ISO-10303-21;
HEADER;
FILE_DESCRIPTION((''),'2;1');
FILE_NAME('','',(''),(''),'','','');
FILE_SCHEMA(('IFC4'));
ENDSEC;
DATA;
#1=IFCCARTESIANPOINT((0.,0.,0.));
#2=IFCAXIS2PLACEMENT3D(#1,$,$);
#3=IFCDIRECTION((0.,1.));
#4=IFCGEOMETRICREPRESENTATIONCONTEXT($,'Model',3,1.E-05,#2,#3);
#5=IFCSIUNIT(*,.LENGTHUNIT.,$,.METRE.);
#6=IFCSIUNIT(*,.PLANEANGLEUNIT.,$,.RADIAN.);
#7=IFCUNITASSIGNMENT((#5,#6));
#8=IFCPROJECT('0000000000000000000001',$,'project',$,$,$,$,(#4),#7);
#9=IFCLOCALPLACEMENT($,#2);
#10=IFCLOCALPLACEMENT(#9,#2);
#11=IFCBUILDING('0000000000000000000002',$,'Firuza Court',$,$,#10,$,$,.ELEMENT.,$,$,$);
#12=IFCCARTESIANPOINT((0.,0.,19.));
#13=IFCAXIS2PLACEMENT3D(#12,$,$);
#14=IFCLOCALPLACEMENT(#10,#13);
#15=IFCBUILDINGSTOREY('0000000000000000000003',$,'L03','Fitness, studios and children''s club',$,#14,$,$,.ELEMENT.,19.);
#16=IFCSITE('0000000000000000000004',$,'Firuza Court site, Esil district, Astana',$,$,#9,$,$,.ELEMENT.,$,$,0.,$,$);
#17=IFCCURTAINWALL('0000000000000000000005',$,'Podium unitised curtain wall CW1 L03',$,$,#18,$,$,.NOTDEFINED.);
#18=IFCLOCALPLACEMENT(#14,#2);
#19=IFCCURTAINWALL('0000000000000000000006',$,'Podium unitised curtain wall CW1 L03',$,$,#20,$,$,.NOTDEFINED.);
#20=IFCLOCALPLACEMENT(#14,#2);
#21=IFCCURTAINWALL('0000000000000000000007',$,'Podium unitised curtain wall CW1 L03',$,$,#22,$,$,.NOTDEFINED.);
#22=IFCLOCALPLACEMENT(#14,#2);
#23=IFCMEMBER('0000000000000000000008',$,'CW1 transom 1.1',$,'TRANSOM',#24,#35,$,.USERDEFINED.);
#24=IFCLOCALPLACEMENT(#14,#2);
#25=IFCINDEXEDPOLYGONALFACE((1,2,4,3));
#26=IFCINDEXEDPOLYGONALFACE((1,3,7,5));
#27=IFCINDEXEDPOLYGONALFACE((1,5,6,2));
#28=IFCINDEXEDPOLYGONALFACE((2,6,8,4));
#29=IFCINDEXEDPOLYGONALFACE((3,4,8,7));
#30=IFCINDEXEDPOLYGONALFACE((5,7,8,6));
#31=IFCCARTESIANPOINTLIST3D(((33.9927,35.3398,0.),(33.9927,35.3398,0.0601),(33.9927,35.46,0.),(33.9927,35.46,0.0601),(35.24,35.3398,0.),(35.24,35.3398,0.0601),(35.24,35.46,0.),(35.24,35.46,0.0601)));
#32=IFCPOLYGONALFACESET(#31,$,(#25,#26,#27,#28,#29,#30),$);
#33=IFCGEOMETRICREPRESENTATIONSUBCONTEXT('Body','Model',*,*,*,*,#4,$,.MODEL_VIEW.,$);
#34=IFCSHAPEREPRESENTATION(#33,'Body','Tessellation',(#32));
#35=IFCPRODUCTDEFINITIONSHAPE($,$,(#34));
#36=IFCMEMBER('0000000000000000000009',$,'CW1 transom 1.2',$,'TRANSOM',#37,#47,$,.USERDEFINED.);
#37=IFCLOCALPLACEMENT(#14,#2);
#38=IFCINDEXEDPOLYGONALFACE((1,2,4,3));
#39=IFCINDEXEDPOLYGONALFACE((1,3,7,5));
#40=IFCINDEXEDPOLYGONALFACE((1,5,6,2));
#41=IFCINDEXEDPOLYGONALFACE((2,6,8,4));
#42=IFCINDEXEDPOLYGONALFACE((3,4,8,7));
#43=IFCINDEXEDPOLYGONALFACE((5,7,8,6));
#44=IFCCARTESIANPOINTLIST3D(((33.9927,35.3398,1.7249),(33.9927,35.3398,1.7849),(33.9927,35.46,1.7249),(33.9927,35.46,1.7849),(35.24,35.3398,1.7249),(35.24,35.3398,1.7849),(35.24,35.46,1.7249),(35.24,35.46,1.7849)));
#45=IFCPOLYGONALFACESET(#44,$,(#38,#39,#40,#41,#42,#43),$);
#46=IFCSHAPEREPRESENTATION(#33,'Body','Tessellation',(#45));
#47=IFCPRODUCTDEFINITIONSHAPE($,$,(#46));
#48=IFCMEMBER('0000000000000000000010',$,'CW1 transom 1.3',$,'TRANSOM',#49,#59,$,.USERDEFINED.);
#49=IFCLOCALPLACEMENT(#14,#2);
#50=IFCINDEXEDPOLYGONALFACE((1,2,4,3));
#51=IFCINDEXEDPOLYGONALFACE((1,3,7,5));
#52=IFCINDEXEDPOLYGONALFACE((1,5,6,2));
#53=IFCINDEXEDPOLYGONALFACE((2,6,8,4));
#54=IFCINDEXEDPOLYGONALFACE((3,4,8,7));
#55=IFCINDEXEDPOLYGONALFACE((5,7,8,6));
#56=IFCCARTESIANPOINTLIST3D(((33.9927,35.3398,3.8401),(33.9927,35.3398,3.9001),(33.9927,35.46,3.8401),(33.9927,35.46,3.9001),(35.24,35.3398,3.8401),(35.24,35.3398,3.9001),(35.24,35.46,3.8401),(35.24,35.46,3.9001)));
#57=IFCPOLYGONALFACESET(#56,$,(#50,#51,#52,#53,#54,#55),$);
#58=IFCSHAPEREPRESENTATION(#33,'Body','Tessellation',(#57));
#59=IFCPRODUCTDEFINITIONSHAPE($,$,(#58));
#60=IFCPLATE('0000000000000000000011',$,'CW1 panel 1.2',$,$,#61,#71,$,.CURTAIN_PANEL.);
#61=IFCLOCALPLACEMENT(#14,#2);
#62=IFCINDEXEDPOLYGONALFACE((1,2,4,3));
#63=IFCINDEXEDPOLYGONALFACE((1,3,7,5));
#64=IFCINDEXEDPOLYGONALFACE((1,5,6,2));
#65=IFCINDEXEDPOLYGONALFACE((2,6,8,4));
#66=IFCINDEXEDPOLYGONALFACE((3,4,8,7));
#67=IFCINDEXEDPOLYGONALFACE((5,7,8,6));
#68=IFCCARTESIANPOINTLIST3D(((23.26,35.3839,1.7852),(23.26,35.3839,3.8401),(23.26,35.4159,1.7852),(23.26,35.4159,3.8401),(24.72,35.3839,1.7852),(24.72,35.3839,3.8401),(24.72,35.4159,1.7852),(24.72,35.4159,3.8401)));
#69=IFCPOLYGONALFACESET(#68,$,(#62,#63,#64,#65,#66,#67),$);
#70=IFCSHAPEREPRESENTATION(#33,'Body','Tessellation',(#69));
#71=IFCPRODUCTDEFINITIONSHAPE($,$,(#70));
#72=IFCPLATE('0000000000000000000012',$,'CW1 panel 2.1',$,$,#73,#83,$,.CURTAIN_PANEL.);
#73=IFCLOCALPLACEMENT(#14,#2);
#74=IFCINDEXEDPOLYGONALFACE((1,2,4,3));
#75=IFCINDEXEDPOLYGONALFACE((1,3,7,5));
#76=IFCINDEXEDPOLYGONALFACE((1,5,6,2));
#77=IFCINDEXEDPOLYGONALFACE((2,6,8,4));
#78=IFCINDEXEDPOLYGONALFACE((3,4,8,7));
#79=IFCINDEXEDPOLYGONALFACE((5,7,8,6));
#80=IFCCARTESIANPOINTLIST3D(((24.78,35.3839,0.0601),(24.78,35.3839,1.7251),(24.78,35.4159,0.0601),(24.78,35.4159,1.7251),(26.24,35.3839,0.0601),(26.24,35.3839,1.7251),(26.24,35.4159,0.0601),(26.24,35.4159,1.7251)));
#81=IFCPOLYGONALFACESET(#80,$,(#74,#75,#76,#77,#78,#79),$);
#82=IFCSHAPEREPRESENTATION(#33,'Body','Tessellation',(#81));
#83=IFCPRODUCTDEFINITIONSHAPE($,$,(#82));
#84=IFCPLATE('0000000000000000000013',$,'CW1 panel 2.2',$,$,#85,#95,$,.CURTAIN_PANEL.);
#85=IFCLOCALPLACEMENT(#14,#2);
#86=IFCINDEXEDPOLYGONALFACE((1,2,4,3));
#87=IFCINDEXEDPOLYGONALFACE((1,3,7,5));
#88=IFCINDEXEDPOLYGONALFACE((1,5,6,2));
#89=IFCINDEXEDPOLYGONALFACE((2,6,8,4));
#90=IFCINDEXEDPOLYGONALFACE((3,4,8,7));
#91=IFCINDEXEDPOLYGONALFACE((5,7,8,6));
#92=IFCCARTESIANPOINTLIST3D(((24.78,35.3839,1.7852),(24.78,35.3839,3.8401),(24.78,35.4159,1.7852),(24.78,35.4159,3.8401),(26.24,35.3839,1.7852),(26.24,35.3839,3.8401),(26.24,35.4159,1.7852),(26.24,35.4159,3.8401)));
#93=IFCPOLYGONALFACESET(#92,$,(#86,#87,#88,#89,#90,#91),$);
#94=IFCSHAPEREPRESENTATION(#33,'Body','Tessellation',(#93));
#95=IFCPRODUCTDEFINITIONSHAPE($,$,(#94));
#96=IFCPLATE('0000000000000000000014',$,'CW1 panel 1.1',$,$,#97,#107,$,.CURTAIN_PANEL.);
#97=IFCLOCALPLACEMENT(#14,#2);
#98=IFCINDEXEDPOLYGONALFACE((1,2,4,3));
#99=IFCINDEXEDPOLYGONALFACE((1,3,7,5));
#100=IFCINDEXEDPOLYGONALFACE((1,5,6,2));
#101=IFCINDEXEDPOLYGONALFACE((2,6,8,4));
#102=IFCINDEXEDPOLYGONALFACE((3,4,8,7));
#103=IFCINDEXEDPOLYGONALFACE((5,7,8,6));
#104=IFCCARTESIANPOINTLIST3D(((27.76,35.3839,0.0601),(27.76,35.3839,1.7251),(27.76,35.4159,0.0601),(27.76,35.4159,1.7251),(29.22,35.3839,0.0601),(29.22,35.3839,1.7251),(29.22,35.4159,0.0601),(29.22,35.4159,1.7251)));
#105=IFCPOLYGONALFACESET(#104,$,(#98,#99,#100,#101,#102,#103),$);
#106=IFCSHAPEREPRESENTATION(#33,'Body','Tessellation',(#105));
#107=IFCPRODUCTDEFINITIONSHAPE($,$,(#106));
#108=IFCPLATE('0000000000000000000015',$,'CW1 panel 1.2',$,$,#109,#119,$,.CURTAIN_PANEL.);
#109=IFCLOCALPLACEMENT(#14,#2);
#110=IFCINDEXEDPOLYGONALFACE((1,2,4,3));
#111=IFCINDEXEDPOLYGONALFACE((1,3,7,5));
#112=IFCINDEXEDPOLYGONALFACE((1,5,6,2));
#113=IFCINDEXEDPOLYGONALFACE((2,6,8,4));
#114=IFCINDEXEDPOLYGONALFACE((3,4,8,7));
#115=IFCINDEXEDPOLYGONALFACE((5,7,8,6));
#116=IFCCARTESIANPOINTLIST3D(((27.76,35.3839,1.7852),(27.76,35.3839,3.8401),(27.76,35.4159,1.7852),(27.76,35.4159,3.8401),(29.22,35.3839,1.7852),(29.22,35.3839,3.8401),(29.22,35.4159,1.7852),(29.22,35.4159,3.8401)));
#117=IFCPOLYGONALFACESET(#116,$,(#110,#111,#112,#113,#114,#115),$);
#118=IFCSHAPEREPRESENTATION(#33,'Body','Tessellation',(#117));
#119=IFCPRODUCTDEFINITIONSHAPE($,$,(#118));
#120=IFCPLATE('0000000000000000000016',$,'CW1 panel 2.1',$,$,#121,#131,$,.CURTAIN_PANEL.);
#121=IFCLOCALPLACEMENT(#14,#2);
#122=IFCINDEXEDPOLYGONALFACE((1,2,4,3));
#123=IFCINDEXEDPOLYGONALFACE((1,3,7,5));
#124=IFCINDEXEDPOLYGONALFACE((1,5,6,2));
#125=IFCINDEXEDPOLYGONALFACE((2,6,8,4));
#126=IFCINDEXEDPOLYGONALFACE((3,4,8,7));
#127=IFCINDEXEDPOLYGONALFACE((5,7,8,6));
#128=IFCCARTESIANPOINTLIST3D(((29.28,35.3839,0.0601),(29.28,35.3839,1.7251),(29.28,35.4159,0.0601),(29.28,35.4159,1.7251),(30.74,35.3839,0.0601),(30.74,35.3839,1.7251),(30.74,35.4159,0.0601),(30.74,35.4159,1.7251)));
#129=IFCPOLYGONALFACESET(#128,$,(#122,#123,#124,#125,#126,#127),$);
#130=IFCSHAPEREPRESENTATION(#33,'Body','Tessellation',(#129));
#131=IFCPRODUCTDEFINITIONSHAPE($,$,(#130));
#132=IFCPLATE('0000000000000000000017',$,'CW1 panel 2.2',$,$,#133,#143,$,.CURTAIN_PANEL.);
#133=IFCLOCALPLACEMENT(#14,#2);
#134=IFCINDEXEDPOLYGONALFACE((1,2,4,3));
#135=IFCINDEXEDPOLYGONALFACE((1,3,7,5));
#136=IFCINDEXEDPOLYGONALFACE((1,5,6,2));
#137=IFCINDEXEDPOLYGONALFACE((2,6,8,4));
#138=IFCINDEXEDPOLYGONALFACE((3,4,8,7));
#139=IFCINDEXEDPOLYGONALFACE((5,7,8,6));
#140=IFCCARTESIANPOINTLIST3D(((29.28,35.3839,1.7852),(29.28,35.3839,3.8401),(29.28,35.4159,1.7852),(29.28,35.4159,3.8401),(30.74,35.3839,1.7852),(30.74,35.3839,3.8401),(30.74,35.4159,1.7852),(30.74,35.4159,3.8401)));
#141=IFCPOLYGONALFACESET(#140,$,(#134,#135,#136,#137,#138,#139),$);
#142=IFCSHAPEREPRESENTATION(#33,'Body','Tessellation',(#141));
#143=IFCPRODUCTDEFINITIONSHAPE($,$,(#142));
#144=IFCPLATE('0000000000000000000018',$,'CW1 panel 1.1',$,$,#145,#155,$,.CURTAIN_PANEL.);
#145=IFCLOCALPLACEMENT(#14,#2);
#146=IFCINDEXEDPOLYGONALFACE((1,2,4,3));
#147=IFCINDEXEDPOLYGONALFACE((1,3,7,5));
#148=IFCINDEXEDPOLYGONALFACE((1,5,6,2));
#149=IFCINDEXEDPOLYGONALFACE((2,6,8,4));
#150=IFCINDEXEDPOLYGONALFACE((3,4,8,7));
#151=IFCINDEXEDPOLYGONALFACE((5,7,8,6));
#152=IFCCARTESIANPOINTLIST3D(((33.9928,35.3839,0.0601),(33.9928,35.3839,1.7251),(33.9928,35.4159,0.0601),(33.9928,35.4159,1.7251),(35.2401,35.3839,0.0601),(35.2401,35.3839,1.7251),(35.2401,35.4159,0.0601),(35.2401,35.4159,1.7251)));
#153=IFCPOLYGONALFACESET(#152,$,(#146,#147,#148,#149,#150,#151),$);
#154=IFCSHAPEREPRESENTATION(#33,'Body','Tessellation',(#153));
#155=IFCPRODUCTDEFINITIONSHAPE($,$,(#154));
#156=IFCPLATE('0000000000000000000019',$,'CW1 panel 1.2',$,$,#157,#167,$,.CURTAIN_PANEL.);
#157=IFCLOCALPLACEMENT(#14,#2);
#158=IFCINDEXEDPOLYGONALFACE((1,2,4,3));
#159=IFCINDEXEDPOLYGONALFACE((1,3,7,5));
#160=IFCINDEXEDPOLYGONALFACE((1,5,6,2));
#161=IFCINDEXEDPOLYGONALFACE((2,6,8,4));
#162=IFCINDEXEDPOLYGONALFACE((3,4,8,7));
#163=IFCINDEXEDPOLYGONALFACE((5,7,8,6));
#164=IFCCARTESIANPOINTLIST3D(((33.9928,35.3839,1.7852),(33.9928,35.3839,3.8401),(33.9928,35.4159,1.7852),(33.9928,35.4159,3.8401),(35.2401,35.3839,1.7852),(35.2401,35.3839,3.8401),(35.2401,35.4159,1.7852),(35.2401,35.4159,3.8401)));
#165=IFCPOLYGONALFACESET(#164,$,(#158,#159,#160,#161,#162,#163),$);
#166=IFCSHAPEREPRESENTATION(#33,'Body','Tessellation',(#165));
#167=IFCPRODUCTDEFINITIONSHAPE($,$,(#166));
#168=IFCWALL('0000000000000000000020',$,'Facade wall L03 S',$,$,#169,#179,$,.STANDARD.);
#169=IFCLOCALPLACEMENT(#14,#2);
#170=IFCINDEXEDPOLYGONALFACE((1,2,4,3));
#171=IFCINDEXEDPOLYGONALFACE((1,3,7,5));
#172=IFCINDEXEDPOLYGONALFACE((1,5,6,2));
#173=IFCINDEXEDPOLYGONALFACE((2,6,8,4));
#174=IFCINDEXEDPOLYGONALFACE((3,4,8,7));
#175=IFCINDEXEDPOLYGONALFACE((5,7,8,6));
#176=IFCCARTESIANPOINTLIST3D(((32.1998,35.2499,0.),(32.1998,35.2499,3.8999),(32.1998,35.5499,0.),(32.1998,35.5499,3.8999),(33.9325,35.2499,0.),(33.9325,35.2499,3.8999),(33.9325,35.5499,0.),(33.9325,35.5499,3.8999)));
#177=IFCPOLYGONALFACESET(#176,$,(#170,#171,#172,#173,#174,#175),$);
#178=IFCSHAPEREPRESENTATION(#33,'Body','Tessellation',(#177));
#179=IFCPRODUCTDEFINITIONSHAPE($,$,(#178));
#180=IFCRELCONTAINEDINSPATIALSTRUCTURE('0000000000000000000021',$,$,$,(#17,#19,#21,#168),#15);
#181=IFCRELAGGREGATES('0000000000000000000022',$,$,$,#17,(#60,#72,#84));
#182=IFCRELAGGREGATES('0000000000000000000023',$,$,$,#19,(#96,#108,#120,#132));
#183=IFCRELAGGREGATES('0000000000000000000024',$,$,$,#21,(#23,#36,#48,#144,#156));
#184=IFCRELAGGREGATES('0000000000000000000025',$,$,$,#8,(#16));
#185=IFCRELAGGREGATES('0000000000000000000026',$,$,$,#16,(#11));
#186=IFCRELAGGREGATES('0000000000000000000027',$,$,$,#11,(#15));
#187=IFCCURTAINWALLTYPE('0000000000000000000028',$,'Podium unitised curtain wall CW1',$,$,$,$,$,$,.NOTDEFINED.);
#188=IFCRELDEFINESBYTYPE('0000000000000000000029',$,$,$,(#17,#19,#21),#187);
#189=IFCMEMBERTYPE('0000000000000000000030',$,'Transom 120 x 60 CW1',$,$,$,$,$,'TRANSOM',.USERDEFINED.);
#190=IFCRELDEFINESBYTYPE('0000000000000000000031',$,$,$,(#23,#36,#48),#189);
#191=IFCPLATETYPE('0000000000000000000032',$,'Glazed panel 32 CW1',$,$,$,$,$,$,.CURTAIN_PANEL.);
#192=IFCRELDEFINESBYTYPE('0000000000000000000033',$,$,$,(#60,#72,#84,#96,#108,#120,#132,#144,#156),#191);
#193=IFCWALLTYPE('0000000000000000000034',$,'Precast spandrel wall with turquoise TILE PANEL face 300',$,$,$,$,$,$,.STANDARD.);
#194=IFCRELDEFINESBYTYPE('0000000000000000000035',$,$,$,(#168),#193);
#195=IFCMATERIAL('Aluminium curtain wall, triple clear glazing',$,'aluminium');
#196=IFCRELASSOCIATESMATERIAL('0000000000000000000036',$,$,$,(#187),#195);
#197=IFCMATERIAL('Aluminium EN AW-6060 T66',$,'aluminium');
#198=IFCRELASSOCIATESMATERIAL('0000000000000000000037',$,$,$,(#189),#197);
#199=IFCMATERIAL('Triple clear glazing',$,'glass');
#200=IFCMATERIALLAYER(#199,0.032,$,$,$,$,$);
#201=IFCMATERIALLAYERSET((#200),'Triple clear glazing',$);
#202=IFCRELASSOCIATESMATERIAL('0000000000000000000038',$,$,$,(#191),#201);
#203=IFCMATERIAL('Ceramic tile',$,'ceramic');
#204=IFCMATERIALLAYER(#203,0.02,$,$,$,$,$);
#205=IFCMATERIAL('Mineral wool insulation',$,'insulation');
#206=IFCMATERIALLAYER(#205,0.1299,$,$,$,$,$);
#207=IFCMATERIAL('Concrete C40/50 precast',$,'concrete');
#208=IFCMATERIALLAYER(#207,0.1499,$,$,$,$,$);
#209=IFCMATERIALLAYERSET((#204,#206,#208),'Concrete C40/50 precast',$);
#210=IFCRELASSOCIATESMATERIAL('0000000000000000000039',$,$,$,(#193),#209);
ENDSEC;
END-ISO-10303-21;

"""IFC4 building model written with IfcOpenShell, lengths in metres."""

from ifc_helpers import new_model, si_unit, direction, frame, frame_2d, origin, origin_2d, place, context, subcontext, project, spatial, rectangle, extrude, material, layer, layer_set, material_profile, profile_set, type_object, element, aggregate, save


model = new_model("IFC4")

# Units and contexts
model_context = context("Model", 3, precision=1e-05, world=origin(), true_north=direction((0.0, 1.0)))
body_context = subcontext(model_context, "Body", "Model", "MODEL_VIEW")
ifc_project = project(units=[si_unit("LENGTHUNIT", "METRE"), si_unit("PLANEANGLEUNIT", "RADIAN")], contexts=[model_context])

# Site, building, storey
site_placement = place(None, origin())
site = spatial("IfcSite", under=ifc_project, at=site_placement, Name="Firuza Court site, Esil district, Astana", CompositionType="ELEMENT", RefElevation=0.0)
building_placement = place(site_placement, origin())
building = spatial("IfcBuilding", under=site, at=building_placement, Name="Firuza Court", CompositionType="ELEMENT")
storey_placement = place(building_placement, frame((0.0, 0.0, 19.0)))
storey = spatial("IfcBuildingStorey", under=building, at=storey_placement, Name="L03", Description="Fitness, studios and children's club", CompositionType="ELEMENT", Elevation=19.0)

# Curtain walls
ifc_material_1 = material(Name="Aluminium curtain wall, triple clear glazing", Category="aluminium")
curtain_wall_type = type_object("IfcCurtainWallType", Name="Podium unitised curtain wall CW1", PredefinedType="NOTDEFINED", material=ifc_material_1)
curtain_wall_1_placement = place(storey_placement, origin())
curtain_wall_1 = element("IfcCurtainWall", 1, at=curtain_wall_1_placement, inside=storey, type_object=curtain_wall_type, Name="Podium unitised curtain wall CW1 L03", PredefinedType="NOTDEFINED")
curtain_wall_2_placement = place(storey_placement, origin())
curtain_wall_2 = element("IfcCurtainWall", 2, at=curtain_wall_2_placement, inside=storey, type_object=curtain_wall_type, Name="Podium unitised curtain wall CW1 L03", PredefinedType="NOTDEFINED")

# Curtain wall
curtain_wall_3_placement = place(storey_placement, origin())
curtain_wall_3 = element("IfcCurtainWall", 3, at=curtain_wall_3_placement, inside=storey, type_object=curtain_wall_type, Name="Podium unitised curtain wall CW1 L03", PredefinedType="NOTDEFINED")

# Members
ifc_material_2 = material(Name="Aluminium EN AW-6060 T66", Category="aluminium")
ifc_material_profile_1 = material_profile(ifc_material_2, rectangle(XDim=0.1201, YDim=0.0601, at=origin_2d()), Name="Transom 120 x 60 CW1")
ifc_profile_set_1 = profile_set([ifc_material_profile_1], Name="Aluminium EN AW-6060 T66")
member_type_1 = type_object("IfcMemberType", Name="Transom 120 x 60 CW1", ElementType="TRANSOM", PredefinedType="USERDEFINED", material=ifc_profile_set_1)
member_1_placement = place(storey_placement, frame((33.9927, 35.3999, 0.03), z_axis=(1.0, 0.0, 0.0), x_axis=(0.0, 1.0, 0.0)))
member_1 = element("IfcMember", 4, at=member_1_placement, type_object=member_type_1, Name="CW1 transom 1.1", ObjectType="TRANSOM", PredefinedType="USERDEFINED", context=body_context, shape_type="SweptSolid", body=[
    extrude(rectangle(XDim=0.1201, YDim=0.0601, at=origin_2d()), origin(), (0.0, 0.0, 1.0), 1.2473),
])
member_2_placement = place(storey_placement, frame((33.9927, 35.3999, 1.7549), z_axis=(1.0, 0.0, 0.0), x_axis=(0.0, 1.0, 0.0)))
member_2 = element("IfcMember", 5, at=member_2_placement, type_object=member_type_1, Name="CW1 transom 1.2", ObjectType="TRANSOM", PredefinedType="USERDEFINED", context=body_context, shape_type="SweptSolid", body=[
    extrude(rectangle(XDim=0.1201, YDim=0.0601, at=origin_2d()), origin(), (0.0, 0.0, 1.0), 1.2473),
])
member_3_placement = place(storey_placement, frame((33.9927, 35.3999, 3.8701), z_axis=(1.0, 0.0, 0.0), x_axis=(0.0, 1.0, 0.0)))
member_3 = element("IfcMember", 6, at=member_3_placement, type_object=member_type_1, Name="CW1 transom 1.3", ObjectType="TRANSOM", PredefinedType="USERDEFINED", context=body_context, shape_type="SweptSolid", body=[
    extrude(rectangle(XDim=0.1201, YDim=0.0601, at=origin_2d()), origin(), (0.0, 0.0, 1.0), 1.2473),
])

# Plates
ifc_material_3 = material(Name="Triple clear glazing", Category="glass")
ifc_layer_1 = layer(ifc_material_3, 0.032)
ifc_layer_set_1 = layer_set([ifc_layer_1], Name="Triple clear glazing")
plate_type = type_object("IfcPlateType", Name="Glazed panel 32 CW1", PredefinedType="CURTAIN_PANEL", material=ifc_layer_set_1)
plate_1_placement = place(storey_placement, frame((23.99, 35.3999, 1.7852), z_axis=(0.0, 0.0, 1.0), x_axis=(1.0, 0.0, 0.0)))
plate_1 = element("IfcPlate", 7, at=plate_1_placement, type_object=plate_type, Name="CW1 panel 1.2", PredefinedType="CURTAIN_PANEL", context=body_context, shape_type="SweptSolid", body=[
    extrude(rectangle(XDim=1.46, YDim=0.032, at=origin_2d()), origin(), (0.0, 0.0, 1.0), 2.0549),
])
plate_2_placement = place(storey_placement, frame((25.51, 35.3999, 0.0601), z_axis=(0.0, 0.0, 1.0), x_axis=(1.0, 0.0, 0.0)))
plate_2 = element("IfcPlate", 8, at=plate_2_placement, type_object=plate_type, Name="CW1 panel 2.1", PredefinedType="CURTAIN_PANEL", context=body_context, shape_type="SweptSolid", body=[
    extrude(rectangle(XDim=1.46, YDim=0.032, at=origin_2d()), origin(), (0.0, 0.0, 1.0), 1.665),
])
plate_3_placement = place(storey_placement, frame((25.51, 35.3999, 1.7852), z_axis=(0.0, 0.0, 1.0), x_axis=(1.0, 0.0, 0.0)))
plate_3 = element("IfcPlate", 9, at=plate_3_placement, type_object=plate_type, Name="CW1 panel 2.2", PredefinedType="CURTAIN_PANEL", context=body_context, shape_type="SweptSolid", body=[
    extrude(rectangle(XDim=1.46, YDim=0.032, at=origin_2d()), origin(), (0.0, 0.0, 1.0), 2.0549),
])
aggregate(curtain_wall_1, [plate_1, plate_2, plate_3])
plate_4_placement = place(storey_placement, frame((28.49, 35.3999, 0.0601), z_axis=(0.0, 0.0, 1.0), x_axis=(1.0, 0.0, 0.0)))
plate_4 = element("IfcPlate", 10, at=plate_4_placement, type_object=plate_type, Name="CW1 panel 1.1", PredefinedType="CURTAIN_PANEL", context=body_context, shape_type="SweptSolid", body=[
    extrude(rectangle(XDim=1.46, YDim=0.032, at=origin_2d()), origin(), (0.0, 0.0, 1.0), 1.665),
])
plate_5_placement = place(storey_placement, frame((28.49, 35.3999, 1.7852), z_axis=(0.0, 0.0, 1.0), x_axis=(1.0, 0.0, 0.0)))
plate_5 = element("IfcPlate", 11, at=plate_5_placement, type_object=plate_type, Name="CW1 panel 1.2", PredefinedType="CURTAIN_PANEL", context=body_context, shape_type="SweptSolid", body=[
    extrude(rectangle(XDim=1.46, YDim=0.032, at=origin_2d()), origin(), (0.0, 0.0, 1.0), 2.0549),
])
plate_6_placement = place(storey_placement, frame((30.01, 35.3999, 0.0601), z_axis=(0.0, 0.0, 1.0), x_axis=(1.0, 0.0, 0.0)))
plate_6 = element("IfcPlate", 12, at=plate_6_placement, type_object=plate_type, Name="CW1 panel 2.1", PredefinedType="CURTAIN_PANEL", context=body_context, shape_type="SweptSolid", body=[
    extrude(rectangle(XDim=1.46, YDim=0.032, at=origin_2d()), origin(), (0.0, 0.0, 1.0), 1.665),
])
plate_7_placement = place(storey_placement, frame((30.01, 35.3999, 1.7852), z_axis=(0.0, 0.0, 1.0), x_axis=(1.0, 0.0, 0.0)))
plate_7 = element("IfcPlate", 13, at=plate_7_placement, type_object=plate_type, Name="CW1 panel 2.2", PredefinedType="CURTAIN_PANEL", context=body_context, shape_type="SweptSolid", body=[
    extrude(rectangle(XDim=1.46, YDim=0.032, at=origin_2d()), origin(), (0.0, 0.0, 1.0), 2.0549),
])
aggregate(curtain_wall_2, [plate_4, plate_5, plate_6, plate_7])
plate_8_placement = place(storey_placement, frame((34.6165, 35.3999, 0.0601), z_axis=(0.0, 0.0, 1.0), x_axis=(1.0, 0.0, 0.0)))
plate_8 = element("IfcPlate", 14, at=plate_8_placement, type_object=plate_type, Name="CW1 panel 1.1", PredefinedType="CURTAIN_PANEL", context=body_context, shape_type="SweptSolid", body=[
    extrude(rectangle(XDim=1.2473, YDim=0.032, at=origin_2d()), origin(), (0.0, 0.0, 1.0), 1.665),
])
plate_9_placement = place(storey_placement, frame((34.6165, 35.3999, 1.7852), z_axis=(0.0, 0.0, 1.0), x_axis=(1.0, 0.0, 0.0)))
plate_9 = element("IfcPlate", 15, at=plate_9_placement, type_object=plate_type, Name="CW1 panel 1.2", PredefinedType="CURTAIN_PANEL", context=body_context, shape_type="SweptSolid", body=[
    extrude(rectangle(XDim=1.2473, YDim=0.032, at=origin_2d()), origin(), (0.0, 0.0, 1.0), 2.0549),
])
aggregate(curtain_wall_3, [member_1, member_2, member_3, plate_8, plate_9])

# Wall
ifc_material_4 = material(Name="Ceramic tile", Category="ceramic")
ifc_layer_2 = layer(ifc_material_4, 0.02)
ifc_material_5 = material(Name="Mineral wool insulation", Category="insulation")
ifc_layer_3 = layer(ifc_material_5, 0.1299)
ifc_material_6 = material(Name="Concrete C40/50 precast", Category="concrete")
ifc_layer_4 = layer(ifc_material_6, 0.1499)
ifc_layer_set_2 = layer_set([ifc_layer_2, ifc_layer_3, ifc_layer_4], Name="Concrete C40/50 precast")
wall_type = type_object("IfcWallType", Name="Precast spandrel wall with turquoise TILE PANEL face 300", PredefinedType="STANDARD", material=ifc_layer_set_2)
wall_placement = place(storey_placement, frame((32.2, 35.3999, 0.0), z_axis=(0.0, 0.0, 1.0), x_axis=(1.0, 0.0, 0.0)))
element("IfcWall", 16, at=wall_placement, inside=storey, type_object=wall_type, Name="Facade wall L03 S", PredefinedType="STANDARD", context=body_context, shape_type="SweptSolid", body=[
    extrude(rectangle(XDim=1.7327, YDim=0.3, at=frame_2d((0.8662, 0.0))), origin(), (0.0, 0.0, 1.0), 3.8999),
])

save(model, "model.ifc")
